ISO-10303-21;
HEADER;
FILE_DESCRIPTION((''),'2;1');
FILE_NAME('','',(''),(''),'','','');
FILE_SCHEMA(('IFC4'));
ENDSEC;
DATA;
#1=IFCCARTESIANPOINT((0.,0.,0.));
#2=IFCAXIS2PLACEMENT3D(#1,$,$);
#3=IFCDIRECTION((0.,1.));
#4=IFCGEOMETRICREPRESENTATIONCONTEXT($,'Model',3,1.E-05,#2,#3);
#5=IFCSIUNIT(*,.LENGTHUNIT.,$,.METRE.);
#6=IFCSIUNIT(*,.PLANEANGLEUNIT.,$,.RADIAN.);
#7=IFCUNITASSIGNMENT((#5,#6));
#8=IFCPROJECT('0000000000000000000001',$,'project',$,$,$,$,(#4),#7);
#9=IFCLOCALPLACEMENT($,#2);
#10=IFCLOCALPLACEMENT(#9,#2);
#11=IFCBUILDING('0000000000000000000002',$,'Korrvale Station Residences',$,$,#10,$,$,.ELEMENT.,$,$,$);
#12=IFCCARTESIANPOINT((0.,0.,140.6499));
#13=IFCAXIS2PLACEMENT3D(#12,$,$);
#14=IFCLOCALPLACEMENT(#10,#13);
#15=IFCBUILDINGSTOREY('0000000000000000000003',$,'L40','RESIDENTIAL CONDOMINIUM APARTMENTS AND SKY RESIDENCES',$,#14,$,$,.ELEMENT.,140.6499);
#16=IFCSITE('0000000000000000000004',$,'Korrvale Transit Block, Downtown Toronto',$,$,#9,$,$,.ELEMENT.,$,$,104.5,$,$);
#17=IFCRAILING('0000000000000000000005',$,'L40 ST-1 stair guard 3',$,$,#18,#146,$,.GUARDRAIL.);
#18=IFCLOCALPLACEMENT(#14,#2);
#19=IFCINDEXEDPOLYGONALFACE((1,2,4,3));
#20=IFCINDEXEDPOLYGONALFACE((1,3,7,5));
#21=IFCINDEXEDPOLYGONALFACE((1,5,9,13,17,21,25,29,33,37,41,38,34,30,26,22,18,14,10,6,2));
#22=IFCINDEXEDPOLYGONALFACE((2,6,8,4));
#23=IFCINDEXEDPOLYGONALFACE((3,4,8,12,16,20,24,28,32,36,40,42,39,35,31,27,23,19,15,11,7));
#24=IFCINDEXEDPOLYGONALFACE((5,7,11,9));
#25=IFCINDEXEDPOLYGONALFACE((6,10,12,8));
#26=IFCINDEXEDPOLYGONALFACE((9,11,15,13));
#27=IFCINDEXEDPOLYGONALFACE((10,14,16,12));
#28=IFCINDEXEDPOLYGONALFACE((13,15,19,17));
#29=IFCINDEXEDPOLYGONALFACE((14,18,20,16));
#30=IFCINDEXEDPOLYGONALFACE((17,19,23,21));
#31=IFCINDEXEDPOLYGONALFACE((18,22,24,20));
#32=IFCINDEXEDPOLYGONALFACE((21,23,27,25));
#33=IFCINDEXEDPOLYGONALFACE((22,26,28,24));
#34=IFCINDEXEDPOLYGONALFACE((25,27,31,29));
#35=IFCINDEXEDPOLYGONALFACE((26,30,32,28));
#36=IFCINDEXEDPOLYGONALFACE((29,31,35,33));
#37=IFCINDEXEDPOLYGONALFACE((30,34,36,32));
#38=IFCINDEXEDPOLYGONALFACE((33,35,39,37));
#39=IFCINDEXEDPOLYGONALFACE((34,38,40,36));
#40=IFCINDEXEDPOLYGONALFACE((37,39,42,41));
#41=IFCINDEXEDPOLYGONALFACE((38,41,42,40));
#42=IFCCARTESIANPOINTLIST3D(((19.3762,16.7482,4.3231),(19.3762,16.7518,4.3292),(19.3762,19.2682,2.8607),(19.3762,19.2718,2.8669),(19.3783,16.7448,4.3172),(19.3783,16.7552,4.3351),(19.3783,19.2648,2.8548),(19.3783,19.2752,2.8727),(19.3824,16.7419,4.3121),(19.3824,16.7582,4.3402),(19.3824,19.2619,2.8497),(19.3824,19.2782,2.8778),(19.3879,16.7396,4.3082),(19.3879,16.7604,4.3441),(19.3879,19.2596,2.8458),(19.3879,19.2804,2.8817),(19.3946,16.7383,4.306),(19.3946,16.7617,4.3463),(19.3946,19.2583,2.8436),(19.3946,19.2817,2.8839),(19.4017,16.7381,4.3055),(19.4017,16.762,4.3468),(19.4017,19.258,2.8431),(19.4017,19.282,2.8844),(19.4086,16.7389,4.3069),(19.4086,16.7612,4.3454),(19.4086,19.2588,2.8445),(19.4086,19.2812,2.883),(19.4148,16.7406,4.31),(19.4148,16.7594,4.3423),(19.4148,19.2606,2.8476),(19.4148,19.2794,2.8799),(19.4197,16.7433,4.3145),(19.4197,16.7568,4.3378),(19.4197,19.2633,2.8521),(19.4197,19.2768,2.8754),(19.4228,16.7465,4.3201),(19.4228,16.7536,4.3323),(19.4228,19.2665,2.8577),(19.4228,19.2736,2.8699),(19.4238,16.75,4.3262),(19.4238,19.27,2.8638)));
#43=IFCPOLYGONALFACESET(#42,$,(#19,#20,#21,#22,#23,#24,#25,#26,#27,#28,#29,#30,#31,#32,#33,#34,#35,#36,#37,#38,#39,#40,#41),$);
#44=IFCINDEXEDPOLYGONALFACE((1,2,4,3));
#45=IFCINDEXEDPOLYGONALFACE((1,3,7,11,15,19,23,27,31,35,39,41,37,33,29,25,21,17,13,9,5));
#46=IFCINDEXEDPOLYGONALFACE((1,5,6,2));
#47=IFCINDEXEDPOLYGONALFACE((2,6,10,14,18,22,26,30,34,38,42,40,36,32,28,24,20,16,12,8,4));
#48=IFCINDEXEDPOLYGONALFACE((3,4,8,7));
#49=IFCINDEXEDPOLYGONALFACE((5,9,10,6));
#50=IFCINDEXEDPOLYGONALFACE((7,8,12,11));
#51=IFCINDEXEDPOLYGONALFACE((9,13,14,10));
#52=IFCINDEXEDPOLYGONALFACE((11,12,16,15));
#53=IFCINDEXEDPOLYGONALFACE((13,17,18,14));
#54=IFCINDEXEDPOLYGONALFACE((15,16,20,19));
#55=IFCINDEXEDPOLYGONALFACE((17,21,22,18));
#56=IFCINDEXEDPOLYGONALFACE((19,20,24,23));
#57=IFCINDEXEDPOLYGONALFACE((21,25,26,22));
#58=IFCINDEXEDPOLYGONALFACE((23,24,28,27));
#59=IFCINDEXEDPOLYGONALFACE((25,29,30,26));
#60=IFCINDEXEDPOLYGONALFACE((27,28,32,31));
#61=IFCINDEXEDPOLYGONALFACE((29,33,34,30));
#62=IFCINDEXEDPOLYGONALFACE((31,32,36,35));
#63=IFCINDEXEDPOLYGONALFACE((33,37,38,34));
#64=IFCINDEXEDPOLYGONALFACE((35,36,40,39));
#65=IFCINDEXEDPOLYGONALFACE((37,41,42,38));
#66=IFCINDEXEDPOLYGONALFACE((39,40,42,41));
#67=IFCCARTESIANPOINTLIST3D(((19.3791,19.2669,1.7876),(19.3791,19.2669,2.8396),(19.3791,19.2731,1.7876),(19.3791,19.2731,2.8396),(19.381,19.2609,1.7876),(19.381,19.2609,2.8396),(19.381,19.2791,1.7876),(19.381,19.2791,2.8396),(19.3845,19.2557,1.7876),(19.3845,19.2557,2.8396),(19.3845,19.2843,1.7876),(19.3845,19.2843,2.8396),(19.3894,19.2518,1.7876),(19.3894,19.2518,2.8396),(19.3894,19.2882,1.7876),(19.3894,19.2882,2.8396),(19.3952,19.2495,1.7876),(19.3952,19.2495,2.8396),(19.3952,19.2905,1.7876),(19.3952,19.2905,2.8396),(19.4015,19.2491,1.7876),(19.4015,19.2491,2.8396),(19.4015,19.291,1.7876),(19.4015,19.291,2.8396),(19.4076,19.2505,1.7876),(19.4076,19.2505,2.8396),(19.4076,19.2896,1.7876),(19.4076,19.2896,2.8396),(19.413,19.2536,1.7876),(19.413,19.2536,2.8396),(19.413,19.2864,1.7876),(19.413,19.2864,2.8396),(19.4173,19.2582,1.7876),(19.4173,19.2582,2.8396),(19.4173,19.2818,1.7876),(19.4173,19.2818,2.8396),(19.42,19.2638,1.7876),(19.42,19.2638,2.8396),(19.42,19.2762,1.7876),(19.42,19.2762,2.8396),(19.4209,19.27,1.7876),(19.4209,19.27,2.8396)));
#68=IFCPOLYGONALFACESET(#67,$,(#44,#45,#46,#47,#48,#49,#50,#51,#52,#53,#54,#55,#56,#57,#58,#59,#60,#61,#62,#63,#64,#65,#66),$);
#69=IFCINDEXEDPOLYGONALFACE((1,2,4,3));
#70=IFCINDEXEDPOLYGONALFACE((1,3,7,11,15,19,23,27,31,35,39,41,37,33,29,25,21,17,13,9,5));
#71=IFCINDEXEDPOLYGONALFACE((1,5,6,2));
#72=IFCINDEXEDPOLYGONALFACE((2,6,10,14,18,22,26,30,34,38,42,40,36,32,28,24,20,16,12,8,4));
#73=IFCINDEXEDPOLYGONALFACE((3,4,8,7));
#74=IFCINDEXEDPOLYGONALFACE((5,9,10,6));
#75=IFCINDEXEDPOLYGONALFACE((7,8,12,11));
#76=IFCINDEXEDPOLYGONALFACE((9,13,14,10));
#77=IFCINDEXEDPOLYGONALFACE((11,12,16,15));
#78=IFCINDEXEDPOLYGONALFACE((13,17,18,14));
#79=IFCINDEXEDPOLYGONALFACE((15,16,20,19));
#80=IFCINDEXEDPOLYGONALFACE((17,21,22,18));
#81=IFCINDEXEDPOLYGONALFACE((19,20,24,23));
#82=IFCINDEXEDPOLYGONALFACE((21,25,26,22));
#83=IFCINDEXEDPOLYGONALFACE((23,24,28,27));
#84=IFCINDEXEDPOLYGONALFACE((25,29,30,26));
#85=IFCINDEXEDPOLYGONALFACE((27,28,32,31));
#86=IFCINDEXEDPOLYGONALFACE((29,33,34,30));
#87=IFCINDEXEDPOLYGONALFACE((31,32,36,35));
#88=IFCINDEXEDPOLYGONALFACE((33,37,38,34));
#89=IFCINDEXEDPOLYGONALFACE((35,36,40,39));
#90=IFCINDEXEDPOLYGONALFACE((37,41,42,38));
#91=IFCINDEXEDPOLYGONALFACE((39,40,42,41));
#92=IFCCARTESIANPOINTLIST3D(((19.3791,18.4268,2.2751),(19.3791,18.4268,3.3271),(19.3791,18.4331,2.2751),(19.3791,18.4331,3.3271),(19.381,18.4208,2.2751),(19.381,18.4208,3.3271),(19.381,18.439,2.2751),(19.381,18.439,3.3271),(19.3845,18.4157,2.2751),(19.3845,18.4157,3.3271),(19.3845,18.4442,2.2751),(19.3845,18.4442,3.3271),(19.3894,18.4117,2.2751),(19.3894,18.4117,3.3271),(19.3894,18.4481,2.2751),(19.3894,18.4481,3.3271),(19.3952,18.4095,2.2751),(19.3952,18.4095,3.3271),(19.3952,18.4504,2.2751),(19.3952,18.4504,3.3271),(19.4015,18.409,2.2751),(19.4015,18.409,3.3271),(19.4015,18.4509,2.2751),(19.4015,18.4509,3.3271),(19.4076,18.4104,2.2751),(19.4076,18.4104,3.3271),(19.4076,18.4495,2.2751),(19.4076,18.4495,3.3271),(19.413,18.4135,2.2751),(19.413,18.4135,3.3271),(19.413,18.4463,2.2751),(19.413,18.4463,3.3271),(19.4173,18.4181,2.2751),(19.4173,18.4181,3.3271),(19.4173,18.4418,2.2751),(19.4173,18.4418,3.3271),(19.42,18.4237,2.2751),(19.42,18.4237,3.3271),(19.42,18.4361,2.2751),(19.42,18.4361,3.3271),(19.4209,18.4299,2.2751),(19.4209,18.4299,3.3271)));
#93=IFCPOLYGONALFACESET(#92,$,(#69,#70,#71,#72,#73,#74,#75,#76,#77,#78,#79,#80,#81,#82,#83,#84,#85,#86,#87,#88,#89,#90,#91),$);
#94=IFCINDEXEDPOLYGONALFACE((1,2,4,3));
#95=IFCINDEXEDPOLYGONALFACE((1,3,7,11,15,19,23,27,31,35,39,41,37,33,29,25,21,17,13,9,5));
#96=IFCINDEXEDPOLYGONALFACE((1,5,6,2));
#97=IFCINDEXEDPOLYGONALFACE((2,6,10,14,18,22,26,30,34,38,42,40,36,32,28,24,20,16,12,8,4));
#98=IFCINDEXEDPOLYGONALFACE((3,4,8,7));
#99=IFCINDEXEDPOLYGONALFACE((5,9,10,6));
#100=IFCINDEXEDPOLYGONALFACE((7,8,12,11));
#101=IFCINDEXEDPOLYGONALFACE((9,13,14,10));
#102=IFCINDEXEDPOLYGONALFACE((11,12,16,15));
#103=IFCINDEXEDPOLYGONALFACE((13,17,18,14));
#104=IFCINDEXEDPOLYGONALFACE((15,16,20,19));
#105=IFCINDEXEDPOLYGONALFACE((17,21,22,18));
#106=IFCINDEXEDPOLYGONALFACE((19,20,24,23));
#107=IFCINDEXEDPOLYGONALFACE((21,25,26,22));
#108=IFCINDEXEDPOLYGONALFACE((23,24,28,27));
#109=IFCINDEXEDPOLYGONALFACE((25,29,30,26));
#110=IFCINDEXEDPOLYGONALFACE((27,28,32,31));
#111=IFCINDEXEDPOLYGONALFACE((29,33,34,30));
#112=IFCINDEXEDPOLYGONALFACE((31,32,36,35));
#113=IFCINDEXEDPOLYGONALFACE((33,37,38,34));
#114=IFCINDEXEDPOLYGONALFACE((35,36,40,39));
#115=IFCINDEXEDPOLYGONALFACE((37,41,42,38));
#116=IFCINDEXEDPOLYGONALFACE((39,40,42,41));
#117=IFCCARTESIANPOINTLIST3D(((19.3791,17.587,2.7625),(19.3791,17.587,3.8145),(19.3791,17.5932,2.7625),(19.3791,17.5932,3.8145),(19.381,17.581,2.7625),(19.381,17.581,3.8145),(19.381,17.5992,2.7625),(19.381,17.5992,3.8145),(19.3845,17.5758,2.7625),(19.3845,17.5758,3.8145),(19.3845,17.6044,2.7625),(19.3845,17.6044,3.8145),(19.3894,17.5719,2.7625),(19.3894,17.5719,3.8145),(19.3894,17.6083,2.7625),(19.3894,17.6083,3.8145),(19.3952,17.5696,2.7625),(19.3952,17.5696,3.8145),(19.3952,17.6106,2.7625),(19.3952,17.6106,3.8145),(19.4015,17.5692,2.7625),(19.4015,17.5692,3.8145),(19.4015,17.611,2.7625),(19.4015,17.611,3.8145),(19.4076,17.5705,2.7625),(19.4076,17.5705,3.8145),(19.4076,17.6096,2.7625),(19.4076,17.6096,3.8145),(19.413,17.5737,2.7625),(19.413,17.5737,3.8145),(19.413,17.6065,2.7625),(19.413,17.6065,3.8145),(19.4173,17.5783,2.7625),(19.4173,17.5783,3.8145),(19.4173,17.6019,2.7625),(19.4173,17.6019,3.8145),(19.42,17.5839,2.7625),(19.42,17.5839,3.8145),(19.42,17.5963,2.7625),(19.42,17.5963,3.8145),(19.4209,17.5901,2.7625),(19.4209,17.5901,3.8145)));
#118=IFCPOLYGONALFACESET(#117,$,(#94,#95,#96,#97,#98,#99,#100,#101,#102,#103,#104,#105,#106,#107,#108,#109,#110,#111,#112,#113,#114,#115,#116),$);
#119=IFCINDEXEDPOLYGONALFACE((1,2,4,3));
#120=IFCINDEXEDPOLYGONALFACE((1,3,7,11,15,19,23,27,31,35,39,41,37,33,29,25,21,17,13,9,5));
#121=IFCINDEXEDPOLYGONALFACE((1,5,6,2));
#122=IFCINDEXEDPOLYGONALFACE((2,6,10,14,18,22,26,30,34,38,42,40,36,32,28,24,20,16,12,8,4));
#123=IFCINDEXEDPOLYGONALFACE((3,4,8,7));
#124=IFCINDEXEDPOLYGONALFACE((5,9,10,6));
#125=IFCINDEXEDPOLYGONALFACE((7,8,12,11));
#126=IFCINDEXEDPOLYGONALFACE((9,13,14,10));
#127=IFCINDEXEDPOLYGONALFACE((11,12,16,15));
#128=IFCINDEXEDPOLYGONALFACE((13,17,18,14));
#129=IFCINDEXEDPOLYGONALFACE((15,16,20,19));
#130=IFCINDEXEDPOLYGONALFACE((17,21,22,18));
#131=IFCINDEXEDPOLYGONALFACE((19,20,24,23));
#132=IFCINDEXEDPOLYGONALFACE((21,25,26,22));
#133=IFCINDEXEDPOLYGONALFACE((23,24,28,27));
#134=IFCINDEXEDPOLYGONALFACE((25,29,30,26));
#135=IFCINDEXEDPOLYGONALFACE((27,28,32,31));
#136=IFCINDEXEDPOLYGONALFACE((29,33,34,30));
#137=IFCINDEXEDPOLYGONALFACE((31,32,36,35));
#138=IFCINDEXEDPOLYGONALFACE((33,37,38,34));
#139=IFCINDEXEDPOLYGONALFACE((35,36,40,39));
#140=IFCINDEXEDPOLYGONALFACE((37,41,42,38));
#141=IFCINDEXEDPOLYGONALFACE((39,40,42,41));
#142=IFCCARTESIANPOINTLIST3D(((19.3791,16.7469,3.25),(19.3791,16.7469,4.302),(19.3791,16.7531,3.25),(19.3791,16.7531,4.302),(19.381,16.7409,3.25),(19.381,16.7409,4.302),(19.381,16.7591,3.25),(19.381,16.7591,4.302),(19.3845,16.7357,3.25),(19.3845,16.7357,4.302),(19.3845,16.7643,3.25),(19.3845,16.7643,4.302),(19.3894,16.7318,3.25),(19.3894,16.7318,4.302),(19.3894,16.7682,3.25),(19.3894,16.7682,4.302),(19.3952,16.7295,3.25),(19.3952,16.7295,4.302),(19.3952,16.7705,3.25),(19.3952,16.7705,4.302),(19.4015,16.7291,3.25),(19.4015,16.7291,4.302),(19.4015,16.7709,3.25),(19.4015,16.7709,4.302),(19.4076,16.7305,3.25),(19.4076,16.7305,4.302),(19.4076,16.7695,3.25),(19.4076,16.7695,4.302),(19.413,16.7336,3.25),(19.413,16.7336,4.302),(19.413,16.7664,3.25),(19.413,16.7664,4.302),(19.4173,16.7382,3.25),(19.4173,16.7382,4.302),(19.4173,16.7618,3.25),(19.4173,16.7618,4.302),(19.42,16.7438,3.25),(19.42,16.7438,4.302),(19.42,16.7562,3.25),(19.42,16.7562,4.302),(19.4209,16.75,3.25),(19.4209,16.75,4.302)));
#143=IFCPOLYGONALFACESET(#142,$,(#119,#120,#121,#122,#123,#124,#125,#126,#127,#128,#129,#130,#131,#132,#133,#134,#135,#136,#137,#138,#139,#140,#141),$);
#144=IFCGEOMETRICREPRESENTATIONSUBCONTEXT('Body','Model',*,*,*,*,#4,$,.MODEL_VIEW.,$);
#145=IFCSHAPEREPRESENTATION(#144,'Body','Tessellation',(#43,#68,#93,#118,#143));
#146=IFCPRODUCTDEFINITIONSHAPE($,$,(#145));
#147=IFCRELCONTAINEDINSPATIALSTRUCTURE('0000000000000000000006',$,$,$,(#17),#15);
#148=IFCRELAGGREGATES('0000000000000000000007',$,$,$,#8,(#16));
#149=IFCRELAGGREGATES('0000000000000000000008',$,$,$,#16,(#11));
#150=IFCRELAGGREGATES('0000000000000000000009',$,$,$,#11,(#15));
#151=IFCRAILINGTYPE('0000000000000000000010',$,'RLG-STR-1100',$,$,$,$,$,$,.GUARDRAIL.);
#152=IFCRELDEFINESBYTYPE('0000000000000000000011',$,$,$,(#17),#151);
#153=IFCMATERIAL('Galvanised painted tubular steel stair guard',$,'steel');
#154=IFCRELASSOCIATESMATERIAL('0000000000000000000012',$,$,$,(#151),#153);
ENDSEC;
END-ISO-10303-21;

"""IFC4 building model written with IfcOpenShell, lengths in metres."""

from ifc_helpers import new_model, si_unit, direction, frame, origin, origin_2d, place, context, subcontext, project, spatial, circle, extrude, material, type_object, element, save


model = new_model("IFC4")

# Units and contexts
model_context = context("Model", 3, precision=1e-05, world=origin(), true_north=direction((0.0, 1.0)))
body_context = subcontext(model_context, "Body", "Model", "MODEL_VIEW")
ifc_project = project(units=[si_unit("LENGTHUNIT", "METRE"), si_unit("PLANEANGLEUNIT", "RADIAN")], contexts=[model_context])

# Site, building, storey
site_placement = place(None, origin())
site = spatial("IfcSite", under=ifc_project, at=site_placement, Name="Korrvale Transit Block, Downtown Toronto", CompositionType="ELEMENT", RefElevation=104.5)
building_placement = place(site_placement, origin())
building = spatial("IfcBuilding", under=site, at=building_placement, Name="Korrvale Station Residences", CompositionType="ELEMENT")
storey_placement = place(building_placement, frame((0.0, 0.0, 140.6499)))
storey = spatial("IfcBuildingStorey", under=building, at=storey_placement, Name="L40", Description="RESIDENTIAL CONDOMINIUM APARTMENTS AND SKY RESIDENCES", CompositionType="ELEMENT", Elevation=140.6499)

# Railing
ifc_material_1 = material(Name="Galvanised painted tubular steel stair guard", Category="steel")
railing_type_1 = type_object("IfcRailingType", Name="RLG-STR-1100", PredefinedType="GUARDRAIL", material=ifc_material_1)
railing_1_placement = place(storey_placement, frame((19.3999, 19.27, 1.7876)))
element("IfcRailing", 1, at=railing_1_placement, inside=storey, type_object=railing_type_1, Name="L40 ST-1 stair guard 3", PredefinedType="GUARDRAIL", context=body_context, shape_type="SweptSolid", body=[
    extrude(circle(Radius=0.0239, at=origin_2d()), frame((0.0, 0.0, 1.0762), z_axis=(0.0, -0.864913, 0.501921), x_axis=(1.0, 0.0, 0.0)), (0.0, 0.0, 1.0), 2.9136),
    extrude(circle(Radius=0.021, at=origin_2d()), origin(), (0.0, 0.0, 1.0), 1.052),
    extrude(circle(Radius=0.021, at=origin_2d()), frame((0.0, -0.8401, 0.4875)), (0.0, 0.0, 1.0), 1.052),
    extrude(circle(Radius=0.021, at=origin_2d()), frame((0.0, -1.6799, 0.9749)), (0.0, 0.0, 1.0), 1.052),
    extrude(circle(Radius=0.021, at=origin_2d()), frame((0.0, -2.52, 1.4624)), (0.0, 0.0, 1.0), 1.052),
])

save(model, "model.ifc")
